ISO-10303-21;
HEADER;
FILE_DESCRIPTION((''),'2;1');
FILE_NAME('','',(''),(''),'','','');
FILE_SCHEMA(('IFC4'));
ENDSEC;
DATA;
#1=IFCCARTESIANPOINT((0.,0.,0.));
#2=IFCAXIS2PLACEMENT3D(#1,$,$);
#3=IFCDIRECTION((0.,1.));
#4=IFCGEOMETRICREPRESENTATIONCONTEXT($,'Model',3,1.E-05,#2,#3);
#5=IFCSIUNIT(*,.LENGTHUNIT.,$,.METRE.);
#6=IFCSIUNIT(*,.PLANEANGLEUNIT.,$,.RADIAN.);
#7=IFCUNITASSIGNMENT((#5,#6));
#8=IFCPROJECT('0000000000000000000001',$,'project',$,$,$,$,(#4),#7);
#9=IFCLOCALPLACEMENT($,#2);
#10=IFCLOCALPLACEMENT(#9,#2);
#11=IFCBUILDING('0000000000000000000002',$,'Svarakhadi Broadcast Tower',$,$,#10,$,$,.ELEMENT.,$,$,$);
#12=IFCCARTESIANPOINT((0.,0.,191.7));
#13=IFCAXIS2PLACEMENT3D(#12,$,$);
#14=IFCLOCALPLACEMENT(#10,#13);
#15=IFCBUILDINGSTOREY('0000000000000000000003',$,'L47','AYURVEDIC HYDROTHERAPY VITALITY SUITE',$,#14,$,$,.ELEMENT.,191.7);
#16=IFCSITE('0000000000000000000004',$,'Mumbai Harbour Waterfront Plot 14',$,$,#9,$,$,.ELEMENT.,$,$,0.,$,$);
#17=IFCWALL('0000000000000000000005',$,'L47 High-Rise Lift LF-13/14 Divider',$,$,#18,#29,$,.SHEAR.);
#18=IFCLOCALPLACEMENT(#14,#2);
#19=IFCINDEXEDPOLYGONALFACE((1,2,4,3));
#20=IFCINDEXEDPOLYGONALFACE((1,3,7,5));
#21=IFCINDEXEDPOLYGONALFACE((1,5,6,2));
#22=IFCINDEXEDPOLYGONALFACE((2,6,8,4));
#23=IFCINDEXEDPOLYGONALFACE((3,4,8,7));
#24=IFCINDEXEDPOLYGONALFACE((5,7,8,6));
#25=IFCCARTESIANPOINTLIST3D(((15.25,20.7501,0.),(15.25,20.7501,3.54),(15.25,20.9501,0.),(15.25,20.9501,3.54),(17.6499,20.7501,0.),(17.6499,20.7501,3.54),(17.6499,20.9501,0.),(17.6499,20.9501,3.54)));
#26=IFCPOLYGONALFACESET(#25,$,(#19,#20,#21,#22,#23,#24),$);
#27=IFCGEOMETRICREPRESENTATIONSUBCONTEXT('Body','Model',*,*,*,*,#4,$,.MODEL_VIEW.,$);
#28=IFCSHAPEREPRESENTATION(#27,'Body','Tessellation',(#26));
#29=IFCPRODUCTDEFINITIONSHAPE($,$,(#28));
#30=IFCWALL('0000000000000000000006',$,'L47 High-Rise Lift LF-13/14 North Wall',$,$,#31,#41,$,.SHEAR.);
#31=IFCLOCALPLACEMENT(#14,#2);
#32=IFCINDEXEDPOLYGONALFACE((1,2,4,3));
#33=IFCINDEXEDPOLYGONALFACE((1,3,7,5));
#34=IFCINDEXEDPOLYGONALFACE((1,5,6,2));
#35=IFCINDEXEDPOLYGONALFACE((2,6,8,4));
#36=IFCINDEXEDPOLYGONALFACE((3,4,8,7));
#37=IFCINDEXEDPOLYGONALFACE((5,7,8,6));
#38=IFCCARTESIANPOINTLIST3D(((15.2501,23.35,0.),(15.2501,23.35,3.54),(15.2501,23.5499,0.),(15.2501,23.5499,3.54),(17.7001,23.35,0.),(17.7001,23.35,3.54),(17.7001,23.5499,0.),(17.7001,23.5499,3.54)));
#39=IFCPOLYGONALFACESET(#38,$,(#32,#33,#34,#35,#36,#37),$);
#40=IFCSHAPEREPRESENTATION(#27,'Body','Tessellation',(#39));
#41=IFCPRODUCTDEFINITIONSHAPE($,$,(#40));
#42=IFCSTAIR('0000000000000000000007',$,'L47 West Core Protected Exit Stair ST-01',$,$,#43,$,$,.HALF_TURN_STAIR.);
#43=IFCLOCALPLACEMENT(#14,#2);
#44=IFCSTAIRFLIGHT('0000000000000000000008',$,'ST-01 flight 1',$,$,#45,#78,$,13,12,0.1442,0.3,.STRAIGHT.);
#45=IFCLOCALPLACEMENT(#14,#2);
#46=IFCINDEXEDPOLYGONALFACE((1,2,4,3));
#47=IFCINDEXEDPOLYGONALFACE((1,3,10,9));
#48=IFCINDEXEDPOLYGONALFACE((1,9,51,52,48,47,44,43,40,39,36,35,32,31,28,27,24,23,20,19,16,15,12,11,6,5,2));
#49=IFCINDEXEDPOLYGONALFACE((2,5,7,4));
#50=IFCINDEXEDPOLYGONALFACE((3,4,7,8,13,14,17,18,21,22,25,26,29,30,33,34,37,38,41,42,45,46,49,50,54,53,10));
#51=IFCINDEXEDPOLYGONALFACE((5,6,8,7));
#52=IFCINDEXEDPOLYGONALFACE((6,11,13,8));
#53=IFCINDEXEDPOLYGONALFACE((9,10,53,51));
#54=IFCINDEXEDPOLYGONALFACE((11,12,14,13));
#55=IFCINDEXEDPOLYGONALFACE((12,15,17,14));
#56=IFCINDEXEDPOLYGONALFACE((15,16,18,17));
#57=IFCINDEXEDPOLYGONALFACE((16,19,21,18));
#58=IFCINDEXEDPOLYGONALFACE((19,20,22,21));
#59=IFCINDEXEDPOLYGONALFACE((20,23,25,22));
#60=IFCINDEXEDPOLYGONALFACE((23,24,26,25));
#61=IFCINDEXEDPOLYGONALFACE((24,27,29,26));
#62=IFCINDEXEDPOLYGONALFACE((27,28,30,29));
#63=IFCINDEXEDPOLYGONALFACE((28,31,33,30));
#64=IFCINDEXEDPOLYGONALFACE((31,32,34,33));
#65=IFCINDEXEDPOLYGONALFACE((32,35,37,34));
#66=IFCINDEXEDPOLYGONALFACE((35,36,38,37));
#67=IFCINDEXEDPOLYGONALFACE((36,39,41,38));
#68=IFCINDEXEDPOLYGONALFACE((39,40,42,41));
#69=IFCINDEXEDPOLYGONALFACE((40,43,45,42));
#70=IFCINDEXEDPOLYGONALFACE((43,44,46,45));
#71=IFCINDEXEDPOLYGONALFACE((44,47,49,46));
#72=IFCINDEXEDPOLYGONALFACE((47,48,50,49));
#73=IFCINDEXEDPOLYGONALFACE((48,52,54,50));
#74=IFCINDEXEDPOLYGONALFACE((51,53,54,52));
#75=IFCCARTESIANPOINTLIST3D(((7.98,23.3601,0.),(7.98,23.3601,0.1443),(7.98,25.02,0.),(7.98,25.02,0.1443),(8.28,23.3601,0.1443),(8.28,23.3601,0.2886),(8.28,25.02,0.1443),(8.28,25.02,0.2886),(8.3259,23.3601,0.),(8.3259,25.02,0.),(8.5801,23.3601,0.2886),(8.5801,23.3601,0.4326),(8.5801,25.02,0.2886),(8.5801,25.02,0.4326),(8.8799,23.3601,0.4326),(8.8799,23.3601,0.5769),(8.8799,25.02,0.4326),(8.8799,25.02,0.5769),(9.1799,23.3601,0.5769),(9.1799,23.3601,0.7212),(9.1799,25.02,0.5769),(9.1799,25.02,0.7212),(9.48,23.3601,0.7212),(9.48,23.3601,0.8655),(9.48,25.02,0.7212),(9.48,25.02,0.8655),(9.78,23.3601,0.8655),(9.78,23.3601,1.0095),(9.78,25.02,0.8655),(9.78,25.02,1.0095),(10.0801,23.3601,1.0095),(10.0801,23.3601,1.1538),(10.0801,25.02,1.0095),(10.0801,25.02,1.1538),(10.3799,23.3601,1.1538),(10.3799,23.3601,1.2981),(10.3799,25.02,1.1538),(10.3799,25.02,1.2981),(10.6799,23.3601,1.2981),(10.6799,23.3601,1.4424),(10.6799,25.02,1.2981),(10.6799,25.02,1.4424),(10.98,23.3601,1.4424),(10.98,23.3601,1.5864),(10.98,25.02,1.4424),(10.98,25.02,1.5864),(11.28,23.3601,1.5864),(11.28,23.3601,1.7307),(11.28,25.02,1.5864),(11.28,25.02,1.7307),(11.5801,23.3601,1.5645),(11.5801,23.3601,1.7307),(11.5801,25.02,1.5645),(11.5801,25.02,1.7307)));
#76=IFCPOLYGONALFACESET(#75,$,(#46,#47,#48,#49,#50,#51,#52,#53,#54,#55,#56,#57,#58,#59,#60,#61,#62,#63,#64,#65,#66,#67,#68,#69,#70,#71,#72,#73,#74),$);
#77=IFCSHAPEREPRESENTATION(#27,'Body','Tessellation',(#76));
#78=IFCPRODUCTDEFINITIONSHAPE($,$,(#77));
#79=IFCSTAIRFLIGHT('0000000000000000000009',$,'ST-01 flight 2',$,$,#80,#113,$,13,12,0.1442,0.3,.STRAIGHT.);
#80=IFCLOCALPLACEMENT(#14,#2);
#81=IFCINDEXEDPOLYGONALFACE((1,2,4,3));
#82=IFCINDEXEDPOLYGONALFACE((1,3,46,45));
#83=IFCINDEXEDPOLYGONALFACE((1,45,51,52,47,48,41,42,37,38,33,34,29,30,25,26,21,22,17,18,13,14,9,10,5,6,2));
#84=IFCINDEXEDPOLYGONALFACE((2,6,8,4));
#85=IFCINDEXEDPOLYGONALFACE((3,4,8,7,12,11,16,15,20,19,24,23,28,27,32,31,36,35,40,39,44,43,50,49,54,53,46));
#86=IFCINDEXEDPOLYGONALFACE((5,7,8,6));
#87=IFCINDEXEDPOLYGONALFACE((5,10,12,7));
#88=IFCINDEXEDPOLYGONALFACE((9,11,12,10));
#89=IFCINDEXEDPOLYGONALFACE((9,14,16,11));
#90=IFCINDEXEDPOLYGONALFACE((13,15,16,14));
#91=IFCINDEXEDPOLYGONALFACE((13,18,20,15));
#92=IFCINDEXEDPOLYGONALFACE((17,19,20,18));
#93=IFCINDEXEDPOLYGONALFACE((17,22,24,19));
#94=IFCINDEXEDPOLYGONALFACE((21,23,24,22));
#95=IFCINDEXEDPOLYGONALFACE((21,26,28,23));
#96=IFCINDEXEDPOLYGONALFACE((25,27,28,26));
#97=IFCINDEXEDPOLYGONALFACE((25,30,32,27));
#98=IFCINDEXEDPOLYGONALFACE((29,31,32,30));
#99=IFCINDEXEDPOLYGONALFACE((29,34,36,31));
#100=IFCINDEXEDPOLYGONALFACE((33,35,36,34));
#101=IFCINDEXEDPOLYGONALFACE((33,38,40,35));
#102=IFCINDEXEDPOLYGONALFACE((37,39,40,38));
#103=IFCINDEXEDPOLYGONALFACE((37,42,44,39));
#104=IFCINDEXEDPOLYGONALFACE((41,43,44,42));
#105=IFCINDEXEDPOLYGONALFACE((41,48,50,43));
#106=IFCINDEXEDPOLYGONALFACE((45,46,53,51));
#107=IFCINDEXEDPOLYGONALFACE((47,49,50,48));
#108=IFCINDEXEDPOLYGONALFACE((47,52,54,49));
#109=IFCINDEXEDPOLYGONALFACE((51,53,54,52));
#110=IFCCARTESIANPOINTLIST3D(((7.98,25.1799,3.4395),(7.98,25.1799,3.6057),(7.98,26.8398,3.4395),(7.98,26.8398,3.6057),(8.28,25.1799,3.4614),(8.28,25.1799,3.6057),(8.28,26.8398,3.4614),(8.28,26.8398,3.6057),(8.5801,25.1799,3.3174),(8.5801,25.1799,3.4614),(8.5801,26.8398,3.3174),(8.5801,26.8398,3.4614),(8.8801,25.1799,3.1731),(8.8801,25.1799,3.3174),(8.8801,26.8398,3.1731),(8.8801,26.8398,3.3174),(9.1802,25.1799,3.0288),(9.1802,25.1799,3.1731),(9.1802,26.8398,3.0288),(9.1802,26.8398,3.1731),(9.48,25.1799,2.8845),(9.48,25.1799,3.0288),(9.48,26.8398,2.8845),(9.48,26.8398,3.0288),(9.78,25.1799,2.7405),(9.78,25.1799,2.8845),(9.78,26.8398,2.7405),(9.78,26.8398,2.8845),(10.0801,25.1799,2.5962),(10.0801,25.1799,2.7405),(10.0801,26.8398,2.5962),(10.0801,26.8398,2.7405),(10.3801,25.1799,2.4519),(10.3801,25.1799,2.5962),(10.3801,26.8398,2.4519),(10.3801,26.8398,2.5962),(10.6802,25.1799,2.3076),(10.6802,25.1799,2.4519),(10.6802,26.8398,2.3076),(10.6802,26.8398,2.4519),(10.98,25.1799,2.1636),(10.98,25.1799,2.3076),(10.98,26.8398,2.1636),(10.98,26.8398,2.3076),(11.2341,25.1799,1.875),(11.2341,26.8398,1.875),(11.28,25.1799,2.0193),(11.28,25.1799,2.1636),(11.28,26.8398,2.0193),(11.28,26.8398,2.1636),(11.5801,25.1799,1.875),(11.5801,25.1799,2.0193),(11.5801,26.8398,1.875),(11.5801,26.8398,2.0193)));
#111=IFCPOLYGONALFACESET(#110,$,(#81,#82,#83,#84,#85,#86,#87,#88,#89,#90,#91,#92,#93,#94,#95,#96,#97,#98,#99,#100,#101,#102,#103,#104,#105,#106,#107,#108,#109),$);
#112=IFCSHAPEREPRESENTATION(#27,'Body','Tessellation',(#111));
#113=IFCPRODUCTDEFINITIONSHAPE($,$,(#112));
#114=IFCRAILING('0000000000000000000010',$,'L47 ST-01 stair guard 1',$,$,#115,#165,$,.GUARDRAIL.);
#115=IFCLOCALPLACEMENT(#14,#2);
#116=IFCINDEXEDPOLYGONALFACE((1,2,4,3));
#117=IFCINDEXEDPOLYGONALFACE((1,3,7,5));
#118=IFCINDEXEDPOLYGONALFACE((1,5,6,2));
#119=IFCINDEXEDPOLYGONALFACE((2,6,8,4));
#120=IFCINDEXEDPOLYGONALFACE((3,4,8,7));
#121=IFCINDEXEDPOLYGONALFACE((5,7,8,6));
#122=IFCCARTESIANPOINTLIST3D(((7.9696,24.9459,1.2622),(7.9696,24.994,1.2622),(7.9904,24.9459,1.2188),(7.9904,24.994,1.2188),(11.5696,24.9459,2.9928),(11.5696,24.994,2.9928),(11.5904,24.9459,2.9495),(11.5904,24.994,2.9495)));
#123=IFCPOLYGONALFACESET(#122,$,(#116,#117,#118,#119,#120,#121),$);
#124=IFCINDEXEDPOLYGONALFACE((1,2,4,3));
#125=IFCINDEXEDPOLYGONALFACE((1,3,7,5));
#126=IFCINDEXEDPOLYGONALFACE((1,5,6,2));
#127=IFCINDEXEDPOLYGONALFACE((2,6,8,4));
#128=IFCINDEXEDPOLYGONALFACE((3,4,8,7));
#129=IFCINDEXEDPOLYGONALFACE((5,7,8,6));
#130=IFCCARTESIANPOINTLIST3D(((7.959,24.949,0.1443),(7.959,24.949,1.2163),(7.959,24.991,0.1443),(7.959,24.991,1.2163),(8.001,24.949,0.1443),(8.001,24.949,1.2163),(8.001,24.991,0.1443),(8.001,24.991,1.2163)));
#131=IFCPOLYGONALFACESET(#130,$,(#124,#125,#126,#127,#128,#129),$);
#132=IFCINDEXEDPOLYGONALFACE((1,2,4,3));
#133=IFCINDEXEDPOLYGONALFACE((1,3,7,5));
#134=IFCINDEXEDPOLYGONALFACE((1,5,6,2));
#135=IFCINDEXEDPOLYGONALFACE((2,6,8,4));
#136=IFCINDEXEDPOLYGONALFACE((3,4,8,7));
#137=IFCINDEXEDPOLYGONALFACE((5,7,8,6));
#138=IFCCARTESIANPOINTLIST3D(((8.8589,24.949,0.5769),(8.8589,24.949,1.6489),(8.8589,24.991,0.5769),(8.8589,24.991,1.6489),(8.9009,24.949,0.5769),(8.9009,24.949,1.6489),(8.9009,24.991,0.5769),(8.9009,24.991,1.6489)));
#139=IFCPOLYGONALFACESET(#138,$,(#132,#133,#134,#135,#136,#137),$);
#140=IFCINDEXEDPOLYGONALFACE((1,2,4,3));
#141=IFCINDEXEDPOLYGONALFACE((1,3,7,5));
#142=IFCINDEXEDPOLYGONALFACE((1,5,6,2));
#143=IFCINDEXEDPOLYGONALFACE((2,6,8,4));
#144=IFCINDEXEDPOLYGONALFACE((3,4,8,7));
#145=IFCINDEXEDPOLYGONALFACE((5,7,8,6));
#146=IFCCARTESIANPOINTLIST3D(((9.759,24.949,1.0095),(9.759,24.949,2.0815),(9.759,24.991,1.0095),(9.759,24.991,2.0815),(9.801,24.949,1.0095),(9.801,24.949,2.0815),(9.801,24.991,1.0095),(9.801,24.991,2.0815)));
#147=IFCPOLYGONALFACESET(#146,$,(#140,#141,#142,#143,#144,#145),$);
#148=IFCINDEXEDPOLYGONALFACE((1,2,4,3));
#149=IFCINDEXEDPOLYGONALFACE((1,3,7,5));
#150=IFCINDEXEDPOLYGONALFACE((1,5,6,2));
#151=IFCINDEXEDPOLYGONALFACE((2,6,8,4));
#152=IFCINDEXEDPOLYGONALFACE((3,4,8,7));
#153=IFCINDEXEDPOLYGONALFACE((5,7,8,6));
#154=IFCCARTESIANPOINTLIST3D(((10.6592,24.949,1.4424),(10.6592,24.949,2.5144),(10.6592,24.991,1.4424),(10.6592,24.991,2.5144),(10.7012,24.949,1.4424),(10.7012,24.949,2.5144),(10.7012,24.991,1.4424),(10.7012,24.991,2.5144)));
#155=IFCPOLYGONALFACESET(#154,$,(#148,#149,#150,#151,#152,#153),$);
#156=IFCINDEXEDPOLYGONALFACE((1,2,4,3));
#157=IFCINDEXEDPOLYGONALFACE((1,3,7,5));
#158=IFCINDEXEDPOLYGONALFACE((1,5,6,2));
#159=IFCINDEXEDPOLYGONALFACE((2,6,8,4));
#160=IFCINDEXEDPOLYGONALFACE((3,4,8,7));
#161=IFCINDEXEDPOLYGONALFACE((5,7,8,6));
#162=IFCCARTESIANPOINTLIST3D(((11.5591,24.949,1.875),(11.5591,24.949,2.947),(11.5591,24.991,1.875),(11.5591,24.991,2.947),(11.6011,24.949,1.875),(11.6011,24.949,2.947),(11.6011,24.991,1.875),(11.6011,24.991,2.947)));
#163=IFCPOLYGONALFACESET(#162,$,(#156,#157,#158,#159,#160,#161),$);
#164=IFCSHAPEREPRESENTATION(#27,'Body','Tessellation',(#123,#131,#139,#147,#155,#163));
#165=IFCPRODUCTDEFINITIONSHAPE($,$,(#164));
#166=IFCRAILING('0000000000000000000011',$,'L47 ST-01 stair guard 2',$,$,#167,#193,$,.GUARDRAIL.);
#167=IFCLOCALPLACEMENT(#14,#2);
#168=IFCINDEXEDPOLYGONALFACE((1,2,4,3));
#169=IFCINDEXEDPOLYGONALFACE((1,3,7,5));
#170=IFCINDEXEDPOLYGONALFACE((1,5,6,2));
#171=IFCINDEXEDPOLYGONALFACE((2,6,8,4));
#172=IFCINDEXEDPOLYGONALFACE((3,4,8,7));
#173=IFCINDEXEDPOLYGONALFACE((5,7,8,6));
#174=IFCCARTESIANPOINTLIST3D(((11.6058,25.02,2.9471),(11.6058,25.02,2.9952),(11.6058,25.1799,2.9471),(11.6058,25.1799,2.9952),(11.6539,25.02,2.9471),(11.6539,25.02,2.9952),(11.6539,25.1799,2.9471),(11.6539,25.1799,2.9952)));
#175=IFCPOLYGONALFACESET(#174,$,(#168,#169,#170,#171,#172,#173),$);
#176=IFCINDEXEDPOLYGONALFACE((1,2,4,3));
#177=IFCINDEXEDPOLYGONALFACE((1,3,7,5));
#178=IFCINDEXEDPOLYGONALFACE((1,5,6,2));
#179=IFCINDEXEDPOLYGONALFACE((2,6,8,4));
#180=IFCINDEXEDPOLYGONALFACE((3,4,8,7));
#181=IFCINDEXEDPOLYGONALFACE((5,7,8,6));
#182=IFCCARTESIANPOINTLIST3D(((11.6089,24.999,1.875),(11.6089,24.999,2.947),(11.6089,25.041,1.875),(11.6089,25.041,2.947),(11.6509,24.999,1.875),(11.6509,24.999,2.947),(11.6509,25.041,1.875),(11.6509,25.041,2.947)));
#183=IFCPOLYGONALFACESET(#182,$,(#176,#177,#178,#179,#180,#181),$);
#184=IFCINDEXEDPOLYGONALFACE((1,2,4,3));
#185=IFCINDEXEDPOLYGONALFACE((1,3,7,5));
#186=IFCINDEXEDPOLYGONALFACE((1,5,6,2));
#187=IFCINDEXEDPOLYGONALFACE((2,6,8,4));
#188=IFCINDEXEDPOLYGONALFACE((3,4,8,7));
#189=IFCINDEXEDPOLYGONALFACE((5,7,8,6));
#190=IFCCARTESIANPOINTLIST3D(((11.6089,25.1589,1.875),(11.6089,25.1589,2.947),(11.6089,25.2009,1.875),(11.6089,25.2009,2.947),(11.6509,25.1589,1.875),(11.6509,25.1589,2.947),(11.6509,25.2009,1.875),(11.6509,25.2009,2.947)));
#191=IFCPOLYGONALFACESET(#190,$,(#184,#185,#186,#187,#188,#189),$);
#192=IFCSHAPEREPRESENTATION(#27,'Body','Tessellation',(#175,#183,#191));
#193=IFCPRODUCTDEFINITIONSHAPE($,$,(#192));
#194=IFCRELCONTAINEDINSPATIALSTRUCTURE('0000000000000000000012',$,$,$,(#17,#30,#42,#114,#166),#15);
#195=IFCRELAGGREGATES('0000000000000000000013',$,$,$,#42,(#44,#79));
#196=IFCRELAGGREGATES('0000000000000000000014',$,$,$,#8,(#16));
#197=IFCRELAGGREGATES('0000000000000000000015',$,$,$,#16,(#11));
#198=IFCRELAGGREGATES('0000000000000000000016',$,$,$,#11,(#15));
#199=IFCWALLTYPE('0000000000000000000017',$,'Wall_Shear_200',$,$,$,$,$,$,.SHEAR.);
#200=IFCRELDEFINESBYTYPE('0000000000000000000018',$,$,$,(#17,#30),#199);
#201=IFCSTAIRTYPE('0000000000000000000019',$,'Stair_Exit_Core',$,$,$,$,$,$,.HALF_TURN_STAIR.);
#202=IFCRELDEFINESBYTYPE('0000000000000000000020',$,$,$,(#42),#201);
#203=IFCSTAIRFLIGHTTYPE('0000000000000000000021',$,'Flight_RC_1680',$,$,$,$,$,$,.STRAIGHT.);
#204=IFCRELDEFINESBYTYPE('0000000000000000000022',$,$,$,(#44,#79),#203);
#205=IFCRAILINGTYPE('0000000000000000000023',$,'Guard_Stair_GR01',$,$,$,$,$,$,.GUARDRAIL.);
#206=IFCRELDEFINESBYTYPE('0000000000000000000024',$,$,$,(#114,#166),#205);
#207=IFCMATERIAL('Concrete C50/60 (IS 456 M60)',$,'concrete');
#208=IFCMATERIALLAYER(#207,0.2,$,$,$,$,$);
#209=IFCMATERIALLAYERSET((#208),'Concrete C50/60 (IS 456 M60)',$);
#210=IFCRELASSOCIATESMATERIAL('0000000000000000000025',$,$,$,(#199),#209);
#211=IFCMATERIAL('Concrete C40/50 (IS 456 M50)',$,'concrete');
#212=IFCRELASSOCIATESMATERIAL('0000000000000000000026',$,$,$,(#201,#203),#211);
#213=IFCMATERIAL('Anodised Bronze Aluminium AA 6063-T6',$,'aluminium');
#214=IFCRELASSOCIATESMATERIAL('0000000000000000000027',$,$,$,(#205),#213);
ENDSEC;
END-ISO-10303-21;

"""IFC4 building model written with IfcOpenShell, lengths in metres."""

from ifc_helpers import new_model, si_unit, direction, frame, frame_2d, origin, origin_2d, place, context, subcontext, project, spatial, polyline, rectangle, outline, extrude, material, layer, layer_set, type_object, element, aggregate, save


model = new_model("IFC4")

# Units and contexts
model_context = context("Model", 3, precision=1e-05, world=origin(), true_north=direction((0.0, 1.0)))
body_context = subcontext(model_context, "Body", "Model", "MODEL_VIEW")
ifc_project = project(units=[si_unit("LENGTHUNIT", "METRE"), si_unit("PLANEANGLEUNIT", "RADIAN")], contexts=[model_context])

# Site, building, storey
site_placement = place(None, origin())
site = spatial("IfcSite", under=ifc_project, at=site_placement, Name="Mumbai Harbour Waterfront Plot 14", CompositionType="ELEMENT", RefElevation=0.0)
building_placement = place(site_placement, origin())
building = spatial("IfcBuilding", under=site, at=building_placement, Name="Svarakhadi Broadcast Tower", CompositionType="ELEMENT")
storey_placement = place(building_placement, frame((0.0, 0.0, 191.7)))
storey = spatial("IfcBuildingStorey", under=building, at=storey_placement, Name="L47", Description="AYURVEDIC HYDROTHERAPY VITALITY SUITE", CompositionType="ELEMENT", Elevation=191.7)

# Shared definitions
ifc_material_1 = material(Name="Concrete C50/60 (IS 456 M60)", Category="concrete")

# Shared definitions
ifc_material_2 = material(Name="Concrete C40/50 (IS 456 M50)", Category="concrete")

# Shared definitions
ifc_layer_1 = layer(ifc_material_1, 0.2)
ifc_layer_set_1 = layer_set([ifc_layer_1], Name="Concrete C50/60 (IS 456 M60)")
wall_type_1 = type_object("IfcWallType", Name="Wall_Shear_200", PredefinedType="SHEAR", material=ifc_layer_set_1)

# Walls
wall_1_placement = place(storey_placement, frame((15.25, 20.8501, 0.0), z_axis=(0.0, 0.0, 1.0), x_axis=(1.0, 0.0, 0.0)))
element("IfcWall", 1, at=wall_1_placement, inside=storey, type_object=wall_type_1, Name="L47 High-Rise Lift LF-13/14 Divider", PredefinedType="SHEAR", context=body_context, shape_type="SweptSolid", body=[
    extrude(rectangle(XDim=2.3999, YDim=0.2, at=frame_2d((1.2, 0.0))), origin(), (0.0, 0.0, 1.0), 3.54),
])
wall_2_placement = place(storey_placement, frame((15.25, 23.45, 0.0), z_axis=(0.0, 0.0, 1.0), x_axis=(1.0, 0.0, 0.0)))
element("IfcWall", 2, at=wall_2_placement, inside=storey, type_object=wall_type_1, Name="L47 High-Rise Lift LF-13/14 North Wall", PredefinedType="SHEAR", context=body_context, shape_type="SweptSolid", body=[
    extrude(rectangle(XDim=2.45, YDim=0.2, at=frame_2d((1.2251, 0.0))), origin(), (0.0, 0.0, 1.0), 3.54),
])

# Stair, stair flights
stair_type = type_object("IfcStairType", Name="Stair_Exit_Core", PredefinedType="HALF_TURN_STAIR", material=ifc_material_2)
stair_placement = place(storey_placement, origin())
stair = element("IfcStair", 3, at=stair_placement, inside=storey, type_object=stair_type, Name="L47 West Core Protected Exit Stair ST-01", PredefinedType="HALF_TURN_STAIR")
stair_flight_type = type_object("IfcStairFlightType", Name="Flight_RC_1680", PredefinedType="STRAIGHT", material=ifc_material_2)
stair_flight_1_placement = place(storey_placement, frame((7.98, 24.1899, 0.0), z_axis=(0.0, 0.0, 1.0), x_axis=(1.0, 0.0, 0.0)))
stair_flight_1 = element("IfcStairFlight", 4, at=stair_flight_1_placement, type_object=stair_flight_type, Name="ST-01 flight 1", NumberOfRisers=13, NumberOfTreads=12, PredefinedType="STRAIGHT", RiserHeight=0.1442, TreadLength=0.3, context=body_context, shape_type="SweptSolid", body=[
    extrude(outline(polyline([(0.0, 0.0), (0.0, 0.1443), (0.3, 0.1443), (0.3, 0.2886), (0.6001, 0.2886), (0.6001, 0.4326), (0.8999, 0.4326), (0.8999, 0.5769), (1.2, 0.5769), (1.2, 0.7212), (1.5, 0.7212), (1.5, 0.8655), (1.8, 0.8655), (1.8, 1.0095), (2.1001, 1.0095), (2.1001, 1.1538), (2.3999, 1.1538), (2.3999, 1.2981), (2.7, 1.2981), (2.7, 1.4424), (3.0, 1.4424), (3.0, 1.5864), (3.3, 1.5864), (3.3, 1.7307), (3.6001, 1.7307), (3.6001, 1.875), (3.6001, 1.5645), (0.3459, 0.0), (0.0, 0.0)])), frame((0.0, 0.8301, 0.0), z_axis=(0.0, -1.0, 0.0), x_axis=(1.0, 0.0, 0.0)), (0.0, 0.0, 1.0), 1.6599),
])
stair_flight_2_placement = place(storey_placement, frame((11.5801, 26.01, 1.875), z_axis=(0.0, 0.0, 1.0), x_axis=(-1.0, 0.0, 0.0)))
stair_flight_2 = element("IfcStairFlight", 5, at=stair_flight_2_placement, type_object=stair_flight_type, Name="ST-01 flight 2", NumberOfRisers=13, NumberOfTreads=12, PredefinedType="STRAIGHT", RiserHeight=0.1442, TreadLength=0.3, context=body_context, shape_type="SweptSolid", body=[
    extrude(outline(polyline([(0.0, 0.0), (0.0, 0.1443), (0.3, 0.1443), (0.3, 0.2886), (0.6001, 0.2886), (0.6001, 0.4326), (0.8999, 0.4326), (0.8999, 0.5769), (1.2, 0.5769), (1.2, 0.7212), (1.5, 0.7212), (1.5, 0.8655), (1.8, 0.8655), (1.8, 1.0095), (2.1001, 1.0095), (2.1001, 1.1538), (2.3999, 1.1538), (2.3999, 1.2981), (2.7, 1.2981), (2.7, 1.4424), (3.0, 1.4424), (3.0, 1.5864), (3.3, 1.5864), (3.3, 1.7307), (3.6001, 1.7307), (3.6001, 1.875), (3.6001, 1.5645), (0.3459, 0.0), (0.0, 0.0)])), frame((0.0, 0.8301, 0.0), z_axis=(0.0, -1.0, 0.0), x_axis=(1.0, 0.0, 0.0)), (0.0, 0.0, 1.0), 1.6599),
])
aggregate(stair, [stair_flight_1, stair_flight_2])

# Railings
ifc_material_3 = material(Name="Anodised Bronze Aluminium AA 6063-T6", Category="aluminium")
railing_type_1 = type_object("IfcRailingType", Name="Guard_Stair_GR01", PredefinedType="GUARDRAIL", material=ifc_material_3)
railing_1_placement = place(storey_placement, frame((7.98, 24.97, 0.1443)))
element("IfcRailing", 6, at=railing_1_placement, inside=storey, type_object=railing_type_1, Name="L47 ST-01 stair guard 1", PredefinedType="GUARDRAIL", context=body_context, shape_type="SweptSolid", body=[
    extrude(rectangle(XDim=0.0481, YDim=0.0481, at=origin_2d()), frame((0.0, 0.0, 1.0962), z_axis=(0.901263, 0.0, 0.433273), x_axis=(0.0, 1.0, 0.0)), (0.0, 0.0, 1.0), 3.9944),
    extrude(rectangle(XDim=0.042, YDim=0.042, at=origin_2d()), origin(), (0.0, 0.0, 1.0), 1.072),
    extrude(rectangle(XDim=0.042, YDim=0.042, at=origin_2d()), frame((0.8999, 0.0, 0.4326)), (0.0, 0.0, 1.0), 1.072),
    extrude(rectangle(XDim=0.042, YDim=0.042, at=origin_2d()), frame((1.8, 0.0, 0.8652)), (0.0, 0.0, 1.0), 1.072),
    extrude(rectangle(XDim=0.042, YDim=0.042, at=origin_2d()), frame((2.7002, 0.0, 1.2981)), (0.0, 0.0, 1.0), 1.072),
    extrude(rectangle(XDim=0.042, YDim=0.042, at=origin_2d()), frame((3.6001, 0.0, 1.7307)), (0.0, 0.0, 1.0), 1.072),
])
railing_2_placement = place(storey_placement, frame((11.6299, 25.02, 1.875)))
element("IfcRailing", 7, at=railing_2_placement, inside=storey, type_object=railing_type_1, Name="L47 ST-01 stair guard 2", PredefinedType="GUARDRAIL", context=body_context, shape_type="SweptSolid", body=[
    extrude(rectangle(XDim=0.0481, YDim=0.0481, at=origin_2d()), frame((0.0, 0.0, 1.0962), z_axis=(0.0, 1.0, 0.0), x_axis=(-1.0, 0.0, 0.0)), (0.0, 0.0, 1.0), 0.1599),
    extrude(rectangle(XDim=0.042, YDim=0.042, at=origin_2d()), origin(), (0.0, 0.0, 1.0), 1.072),
    extrude(rectangle(XDim=0.042, YDim=0.042, at=origin_2d()), frame((0.0, 0.1599, 0.0)), (0.0, 0.0, 1.0), 1.072),
])

save(model, "model.ifc")
